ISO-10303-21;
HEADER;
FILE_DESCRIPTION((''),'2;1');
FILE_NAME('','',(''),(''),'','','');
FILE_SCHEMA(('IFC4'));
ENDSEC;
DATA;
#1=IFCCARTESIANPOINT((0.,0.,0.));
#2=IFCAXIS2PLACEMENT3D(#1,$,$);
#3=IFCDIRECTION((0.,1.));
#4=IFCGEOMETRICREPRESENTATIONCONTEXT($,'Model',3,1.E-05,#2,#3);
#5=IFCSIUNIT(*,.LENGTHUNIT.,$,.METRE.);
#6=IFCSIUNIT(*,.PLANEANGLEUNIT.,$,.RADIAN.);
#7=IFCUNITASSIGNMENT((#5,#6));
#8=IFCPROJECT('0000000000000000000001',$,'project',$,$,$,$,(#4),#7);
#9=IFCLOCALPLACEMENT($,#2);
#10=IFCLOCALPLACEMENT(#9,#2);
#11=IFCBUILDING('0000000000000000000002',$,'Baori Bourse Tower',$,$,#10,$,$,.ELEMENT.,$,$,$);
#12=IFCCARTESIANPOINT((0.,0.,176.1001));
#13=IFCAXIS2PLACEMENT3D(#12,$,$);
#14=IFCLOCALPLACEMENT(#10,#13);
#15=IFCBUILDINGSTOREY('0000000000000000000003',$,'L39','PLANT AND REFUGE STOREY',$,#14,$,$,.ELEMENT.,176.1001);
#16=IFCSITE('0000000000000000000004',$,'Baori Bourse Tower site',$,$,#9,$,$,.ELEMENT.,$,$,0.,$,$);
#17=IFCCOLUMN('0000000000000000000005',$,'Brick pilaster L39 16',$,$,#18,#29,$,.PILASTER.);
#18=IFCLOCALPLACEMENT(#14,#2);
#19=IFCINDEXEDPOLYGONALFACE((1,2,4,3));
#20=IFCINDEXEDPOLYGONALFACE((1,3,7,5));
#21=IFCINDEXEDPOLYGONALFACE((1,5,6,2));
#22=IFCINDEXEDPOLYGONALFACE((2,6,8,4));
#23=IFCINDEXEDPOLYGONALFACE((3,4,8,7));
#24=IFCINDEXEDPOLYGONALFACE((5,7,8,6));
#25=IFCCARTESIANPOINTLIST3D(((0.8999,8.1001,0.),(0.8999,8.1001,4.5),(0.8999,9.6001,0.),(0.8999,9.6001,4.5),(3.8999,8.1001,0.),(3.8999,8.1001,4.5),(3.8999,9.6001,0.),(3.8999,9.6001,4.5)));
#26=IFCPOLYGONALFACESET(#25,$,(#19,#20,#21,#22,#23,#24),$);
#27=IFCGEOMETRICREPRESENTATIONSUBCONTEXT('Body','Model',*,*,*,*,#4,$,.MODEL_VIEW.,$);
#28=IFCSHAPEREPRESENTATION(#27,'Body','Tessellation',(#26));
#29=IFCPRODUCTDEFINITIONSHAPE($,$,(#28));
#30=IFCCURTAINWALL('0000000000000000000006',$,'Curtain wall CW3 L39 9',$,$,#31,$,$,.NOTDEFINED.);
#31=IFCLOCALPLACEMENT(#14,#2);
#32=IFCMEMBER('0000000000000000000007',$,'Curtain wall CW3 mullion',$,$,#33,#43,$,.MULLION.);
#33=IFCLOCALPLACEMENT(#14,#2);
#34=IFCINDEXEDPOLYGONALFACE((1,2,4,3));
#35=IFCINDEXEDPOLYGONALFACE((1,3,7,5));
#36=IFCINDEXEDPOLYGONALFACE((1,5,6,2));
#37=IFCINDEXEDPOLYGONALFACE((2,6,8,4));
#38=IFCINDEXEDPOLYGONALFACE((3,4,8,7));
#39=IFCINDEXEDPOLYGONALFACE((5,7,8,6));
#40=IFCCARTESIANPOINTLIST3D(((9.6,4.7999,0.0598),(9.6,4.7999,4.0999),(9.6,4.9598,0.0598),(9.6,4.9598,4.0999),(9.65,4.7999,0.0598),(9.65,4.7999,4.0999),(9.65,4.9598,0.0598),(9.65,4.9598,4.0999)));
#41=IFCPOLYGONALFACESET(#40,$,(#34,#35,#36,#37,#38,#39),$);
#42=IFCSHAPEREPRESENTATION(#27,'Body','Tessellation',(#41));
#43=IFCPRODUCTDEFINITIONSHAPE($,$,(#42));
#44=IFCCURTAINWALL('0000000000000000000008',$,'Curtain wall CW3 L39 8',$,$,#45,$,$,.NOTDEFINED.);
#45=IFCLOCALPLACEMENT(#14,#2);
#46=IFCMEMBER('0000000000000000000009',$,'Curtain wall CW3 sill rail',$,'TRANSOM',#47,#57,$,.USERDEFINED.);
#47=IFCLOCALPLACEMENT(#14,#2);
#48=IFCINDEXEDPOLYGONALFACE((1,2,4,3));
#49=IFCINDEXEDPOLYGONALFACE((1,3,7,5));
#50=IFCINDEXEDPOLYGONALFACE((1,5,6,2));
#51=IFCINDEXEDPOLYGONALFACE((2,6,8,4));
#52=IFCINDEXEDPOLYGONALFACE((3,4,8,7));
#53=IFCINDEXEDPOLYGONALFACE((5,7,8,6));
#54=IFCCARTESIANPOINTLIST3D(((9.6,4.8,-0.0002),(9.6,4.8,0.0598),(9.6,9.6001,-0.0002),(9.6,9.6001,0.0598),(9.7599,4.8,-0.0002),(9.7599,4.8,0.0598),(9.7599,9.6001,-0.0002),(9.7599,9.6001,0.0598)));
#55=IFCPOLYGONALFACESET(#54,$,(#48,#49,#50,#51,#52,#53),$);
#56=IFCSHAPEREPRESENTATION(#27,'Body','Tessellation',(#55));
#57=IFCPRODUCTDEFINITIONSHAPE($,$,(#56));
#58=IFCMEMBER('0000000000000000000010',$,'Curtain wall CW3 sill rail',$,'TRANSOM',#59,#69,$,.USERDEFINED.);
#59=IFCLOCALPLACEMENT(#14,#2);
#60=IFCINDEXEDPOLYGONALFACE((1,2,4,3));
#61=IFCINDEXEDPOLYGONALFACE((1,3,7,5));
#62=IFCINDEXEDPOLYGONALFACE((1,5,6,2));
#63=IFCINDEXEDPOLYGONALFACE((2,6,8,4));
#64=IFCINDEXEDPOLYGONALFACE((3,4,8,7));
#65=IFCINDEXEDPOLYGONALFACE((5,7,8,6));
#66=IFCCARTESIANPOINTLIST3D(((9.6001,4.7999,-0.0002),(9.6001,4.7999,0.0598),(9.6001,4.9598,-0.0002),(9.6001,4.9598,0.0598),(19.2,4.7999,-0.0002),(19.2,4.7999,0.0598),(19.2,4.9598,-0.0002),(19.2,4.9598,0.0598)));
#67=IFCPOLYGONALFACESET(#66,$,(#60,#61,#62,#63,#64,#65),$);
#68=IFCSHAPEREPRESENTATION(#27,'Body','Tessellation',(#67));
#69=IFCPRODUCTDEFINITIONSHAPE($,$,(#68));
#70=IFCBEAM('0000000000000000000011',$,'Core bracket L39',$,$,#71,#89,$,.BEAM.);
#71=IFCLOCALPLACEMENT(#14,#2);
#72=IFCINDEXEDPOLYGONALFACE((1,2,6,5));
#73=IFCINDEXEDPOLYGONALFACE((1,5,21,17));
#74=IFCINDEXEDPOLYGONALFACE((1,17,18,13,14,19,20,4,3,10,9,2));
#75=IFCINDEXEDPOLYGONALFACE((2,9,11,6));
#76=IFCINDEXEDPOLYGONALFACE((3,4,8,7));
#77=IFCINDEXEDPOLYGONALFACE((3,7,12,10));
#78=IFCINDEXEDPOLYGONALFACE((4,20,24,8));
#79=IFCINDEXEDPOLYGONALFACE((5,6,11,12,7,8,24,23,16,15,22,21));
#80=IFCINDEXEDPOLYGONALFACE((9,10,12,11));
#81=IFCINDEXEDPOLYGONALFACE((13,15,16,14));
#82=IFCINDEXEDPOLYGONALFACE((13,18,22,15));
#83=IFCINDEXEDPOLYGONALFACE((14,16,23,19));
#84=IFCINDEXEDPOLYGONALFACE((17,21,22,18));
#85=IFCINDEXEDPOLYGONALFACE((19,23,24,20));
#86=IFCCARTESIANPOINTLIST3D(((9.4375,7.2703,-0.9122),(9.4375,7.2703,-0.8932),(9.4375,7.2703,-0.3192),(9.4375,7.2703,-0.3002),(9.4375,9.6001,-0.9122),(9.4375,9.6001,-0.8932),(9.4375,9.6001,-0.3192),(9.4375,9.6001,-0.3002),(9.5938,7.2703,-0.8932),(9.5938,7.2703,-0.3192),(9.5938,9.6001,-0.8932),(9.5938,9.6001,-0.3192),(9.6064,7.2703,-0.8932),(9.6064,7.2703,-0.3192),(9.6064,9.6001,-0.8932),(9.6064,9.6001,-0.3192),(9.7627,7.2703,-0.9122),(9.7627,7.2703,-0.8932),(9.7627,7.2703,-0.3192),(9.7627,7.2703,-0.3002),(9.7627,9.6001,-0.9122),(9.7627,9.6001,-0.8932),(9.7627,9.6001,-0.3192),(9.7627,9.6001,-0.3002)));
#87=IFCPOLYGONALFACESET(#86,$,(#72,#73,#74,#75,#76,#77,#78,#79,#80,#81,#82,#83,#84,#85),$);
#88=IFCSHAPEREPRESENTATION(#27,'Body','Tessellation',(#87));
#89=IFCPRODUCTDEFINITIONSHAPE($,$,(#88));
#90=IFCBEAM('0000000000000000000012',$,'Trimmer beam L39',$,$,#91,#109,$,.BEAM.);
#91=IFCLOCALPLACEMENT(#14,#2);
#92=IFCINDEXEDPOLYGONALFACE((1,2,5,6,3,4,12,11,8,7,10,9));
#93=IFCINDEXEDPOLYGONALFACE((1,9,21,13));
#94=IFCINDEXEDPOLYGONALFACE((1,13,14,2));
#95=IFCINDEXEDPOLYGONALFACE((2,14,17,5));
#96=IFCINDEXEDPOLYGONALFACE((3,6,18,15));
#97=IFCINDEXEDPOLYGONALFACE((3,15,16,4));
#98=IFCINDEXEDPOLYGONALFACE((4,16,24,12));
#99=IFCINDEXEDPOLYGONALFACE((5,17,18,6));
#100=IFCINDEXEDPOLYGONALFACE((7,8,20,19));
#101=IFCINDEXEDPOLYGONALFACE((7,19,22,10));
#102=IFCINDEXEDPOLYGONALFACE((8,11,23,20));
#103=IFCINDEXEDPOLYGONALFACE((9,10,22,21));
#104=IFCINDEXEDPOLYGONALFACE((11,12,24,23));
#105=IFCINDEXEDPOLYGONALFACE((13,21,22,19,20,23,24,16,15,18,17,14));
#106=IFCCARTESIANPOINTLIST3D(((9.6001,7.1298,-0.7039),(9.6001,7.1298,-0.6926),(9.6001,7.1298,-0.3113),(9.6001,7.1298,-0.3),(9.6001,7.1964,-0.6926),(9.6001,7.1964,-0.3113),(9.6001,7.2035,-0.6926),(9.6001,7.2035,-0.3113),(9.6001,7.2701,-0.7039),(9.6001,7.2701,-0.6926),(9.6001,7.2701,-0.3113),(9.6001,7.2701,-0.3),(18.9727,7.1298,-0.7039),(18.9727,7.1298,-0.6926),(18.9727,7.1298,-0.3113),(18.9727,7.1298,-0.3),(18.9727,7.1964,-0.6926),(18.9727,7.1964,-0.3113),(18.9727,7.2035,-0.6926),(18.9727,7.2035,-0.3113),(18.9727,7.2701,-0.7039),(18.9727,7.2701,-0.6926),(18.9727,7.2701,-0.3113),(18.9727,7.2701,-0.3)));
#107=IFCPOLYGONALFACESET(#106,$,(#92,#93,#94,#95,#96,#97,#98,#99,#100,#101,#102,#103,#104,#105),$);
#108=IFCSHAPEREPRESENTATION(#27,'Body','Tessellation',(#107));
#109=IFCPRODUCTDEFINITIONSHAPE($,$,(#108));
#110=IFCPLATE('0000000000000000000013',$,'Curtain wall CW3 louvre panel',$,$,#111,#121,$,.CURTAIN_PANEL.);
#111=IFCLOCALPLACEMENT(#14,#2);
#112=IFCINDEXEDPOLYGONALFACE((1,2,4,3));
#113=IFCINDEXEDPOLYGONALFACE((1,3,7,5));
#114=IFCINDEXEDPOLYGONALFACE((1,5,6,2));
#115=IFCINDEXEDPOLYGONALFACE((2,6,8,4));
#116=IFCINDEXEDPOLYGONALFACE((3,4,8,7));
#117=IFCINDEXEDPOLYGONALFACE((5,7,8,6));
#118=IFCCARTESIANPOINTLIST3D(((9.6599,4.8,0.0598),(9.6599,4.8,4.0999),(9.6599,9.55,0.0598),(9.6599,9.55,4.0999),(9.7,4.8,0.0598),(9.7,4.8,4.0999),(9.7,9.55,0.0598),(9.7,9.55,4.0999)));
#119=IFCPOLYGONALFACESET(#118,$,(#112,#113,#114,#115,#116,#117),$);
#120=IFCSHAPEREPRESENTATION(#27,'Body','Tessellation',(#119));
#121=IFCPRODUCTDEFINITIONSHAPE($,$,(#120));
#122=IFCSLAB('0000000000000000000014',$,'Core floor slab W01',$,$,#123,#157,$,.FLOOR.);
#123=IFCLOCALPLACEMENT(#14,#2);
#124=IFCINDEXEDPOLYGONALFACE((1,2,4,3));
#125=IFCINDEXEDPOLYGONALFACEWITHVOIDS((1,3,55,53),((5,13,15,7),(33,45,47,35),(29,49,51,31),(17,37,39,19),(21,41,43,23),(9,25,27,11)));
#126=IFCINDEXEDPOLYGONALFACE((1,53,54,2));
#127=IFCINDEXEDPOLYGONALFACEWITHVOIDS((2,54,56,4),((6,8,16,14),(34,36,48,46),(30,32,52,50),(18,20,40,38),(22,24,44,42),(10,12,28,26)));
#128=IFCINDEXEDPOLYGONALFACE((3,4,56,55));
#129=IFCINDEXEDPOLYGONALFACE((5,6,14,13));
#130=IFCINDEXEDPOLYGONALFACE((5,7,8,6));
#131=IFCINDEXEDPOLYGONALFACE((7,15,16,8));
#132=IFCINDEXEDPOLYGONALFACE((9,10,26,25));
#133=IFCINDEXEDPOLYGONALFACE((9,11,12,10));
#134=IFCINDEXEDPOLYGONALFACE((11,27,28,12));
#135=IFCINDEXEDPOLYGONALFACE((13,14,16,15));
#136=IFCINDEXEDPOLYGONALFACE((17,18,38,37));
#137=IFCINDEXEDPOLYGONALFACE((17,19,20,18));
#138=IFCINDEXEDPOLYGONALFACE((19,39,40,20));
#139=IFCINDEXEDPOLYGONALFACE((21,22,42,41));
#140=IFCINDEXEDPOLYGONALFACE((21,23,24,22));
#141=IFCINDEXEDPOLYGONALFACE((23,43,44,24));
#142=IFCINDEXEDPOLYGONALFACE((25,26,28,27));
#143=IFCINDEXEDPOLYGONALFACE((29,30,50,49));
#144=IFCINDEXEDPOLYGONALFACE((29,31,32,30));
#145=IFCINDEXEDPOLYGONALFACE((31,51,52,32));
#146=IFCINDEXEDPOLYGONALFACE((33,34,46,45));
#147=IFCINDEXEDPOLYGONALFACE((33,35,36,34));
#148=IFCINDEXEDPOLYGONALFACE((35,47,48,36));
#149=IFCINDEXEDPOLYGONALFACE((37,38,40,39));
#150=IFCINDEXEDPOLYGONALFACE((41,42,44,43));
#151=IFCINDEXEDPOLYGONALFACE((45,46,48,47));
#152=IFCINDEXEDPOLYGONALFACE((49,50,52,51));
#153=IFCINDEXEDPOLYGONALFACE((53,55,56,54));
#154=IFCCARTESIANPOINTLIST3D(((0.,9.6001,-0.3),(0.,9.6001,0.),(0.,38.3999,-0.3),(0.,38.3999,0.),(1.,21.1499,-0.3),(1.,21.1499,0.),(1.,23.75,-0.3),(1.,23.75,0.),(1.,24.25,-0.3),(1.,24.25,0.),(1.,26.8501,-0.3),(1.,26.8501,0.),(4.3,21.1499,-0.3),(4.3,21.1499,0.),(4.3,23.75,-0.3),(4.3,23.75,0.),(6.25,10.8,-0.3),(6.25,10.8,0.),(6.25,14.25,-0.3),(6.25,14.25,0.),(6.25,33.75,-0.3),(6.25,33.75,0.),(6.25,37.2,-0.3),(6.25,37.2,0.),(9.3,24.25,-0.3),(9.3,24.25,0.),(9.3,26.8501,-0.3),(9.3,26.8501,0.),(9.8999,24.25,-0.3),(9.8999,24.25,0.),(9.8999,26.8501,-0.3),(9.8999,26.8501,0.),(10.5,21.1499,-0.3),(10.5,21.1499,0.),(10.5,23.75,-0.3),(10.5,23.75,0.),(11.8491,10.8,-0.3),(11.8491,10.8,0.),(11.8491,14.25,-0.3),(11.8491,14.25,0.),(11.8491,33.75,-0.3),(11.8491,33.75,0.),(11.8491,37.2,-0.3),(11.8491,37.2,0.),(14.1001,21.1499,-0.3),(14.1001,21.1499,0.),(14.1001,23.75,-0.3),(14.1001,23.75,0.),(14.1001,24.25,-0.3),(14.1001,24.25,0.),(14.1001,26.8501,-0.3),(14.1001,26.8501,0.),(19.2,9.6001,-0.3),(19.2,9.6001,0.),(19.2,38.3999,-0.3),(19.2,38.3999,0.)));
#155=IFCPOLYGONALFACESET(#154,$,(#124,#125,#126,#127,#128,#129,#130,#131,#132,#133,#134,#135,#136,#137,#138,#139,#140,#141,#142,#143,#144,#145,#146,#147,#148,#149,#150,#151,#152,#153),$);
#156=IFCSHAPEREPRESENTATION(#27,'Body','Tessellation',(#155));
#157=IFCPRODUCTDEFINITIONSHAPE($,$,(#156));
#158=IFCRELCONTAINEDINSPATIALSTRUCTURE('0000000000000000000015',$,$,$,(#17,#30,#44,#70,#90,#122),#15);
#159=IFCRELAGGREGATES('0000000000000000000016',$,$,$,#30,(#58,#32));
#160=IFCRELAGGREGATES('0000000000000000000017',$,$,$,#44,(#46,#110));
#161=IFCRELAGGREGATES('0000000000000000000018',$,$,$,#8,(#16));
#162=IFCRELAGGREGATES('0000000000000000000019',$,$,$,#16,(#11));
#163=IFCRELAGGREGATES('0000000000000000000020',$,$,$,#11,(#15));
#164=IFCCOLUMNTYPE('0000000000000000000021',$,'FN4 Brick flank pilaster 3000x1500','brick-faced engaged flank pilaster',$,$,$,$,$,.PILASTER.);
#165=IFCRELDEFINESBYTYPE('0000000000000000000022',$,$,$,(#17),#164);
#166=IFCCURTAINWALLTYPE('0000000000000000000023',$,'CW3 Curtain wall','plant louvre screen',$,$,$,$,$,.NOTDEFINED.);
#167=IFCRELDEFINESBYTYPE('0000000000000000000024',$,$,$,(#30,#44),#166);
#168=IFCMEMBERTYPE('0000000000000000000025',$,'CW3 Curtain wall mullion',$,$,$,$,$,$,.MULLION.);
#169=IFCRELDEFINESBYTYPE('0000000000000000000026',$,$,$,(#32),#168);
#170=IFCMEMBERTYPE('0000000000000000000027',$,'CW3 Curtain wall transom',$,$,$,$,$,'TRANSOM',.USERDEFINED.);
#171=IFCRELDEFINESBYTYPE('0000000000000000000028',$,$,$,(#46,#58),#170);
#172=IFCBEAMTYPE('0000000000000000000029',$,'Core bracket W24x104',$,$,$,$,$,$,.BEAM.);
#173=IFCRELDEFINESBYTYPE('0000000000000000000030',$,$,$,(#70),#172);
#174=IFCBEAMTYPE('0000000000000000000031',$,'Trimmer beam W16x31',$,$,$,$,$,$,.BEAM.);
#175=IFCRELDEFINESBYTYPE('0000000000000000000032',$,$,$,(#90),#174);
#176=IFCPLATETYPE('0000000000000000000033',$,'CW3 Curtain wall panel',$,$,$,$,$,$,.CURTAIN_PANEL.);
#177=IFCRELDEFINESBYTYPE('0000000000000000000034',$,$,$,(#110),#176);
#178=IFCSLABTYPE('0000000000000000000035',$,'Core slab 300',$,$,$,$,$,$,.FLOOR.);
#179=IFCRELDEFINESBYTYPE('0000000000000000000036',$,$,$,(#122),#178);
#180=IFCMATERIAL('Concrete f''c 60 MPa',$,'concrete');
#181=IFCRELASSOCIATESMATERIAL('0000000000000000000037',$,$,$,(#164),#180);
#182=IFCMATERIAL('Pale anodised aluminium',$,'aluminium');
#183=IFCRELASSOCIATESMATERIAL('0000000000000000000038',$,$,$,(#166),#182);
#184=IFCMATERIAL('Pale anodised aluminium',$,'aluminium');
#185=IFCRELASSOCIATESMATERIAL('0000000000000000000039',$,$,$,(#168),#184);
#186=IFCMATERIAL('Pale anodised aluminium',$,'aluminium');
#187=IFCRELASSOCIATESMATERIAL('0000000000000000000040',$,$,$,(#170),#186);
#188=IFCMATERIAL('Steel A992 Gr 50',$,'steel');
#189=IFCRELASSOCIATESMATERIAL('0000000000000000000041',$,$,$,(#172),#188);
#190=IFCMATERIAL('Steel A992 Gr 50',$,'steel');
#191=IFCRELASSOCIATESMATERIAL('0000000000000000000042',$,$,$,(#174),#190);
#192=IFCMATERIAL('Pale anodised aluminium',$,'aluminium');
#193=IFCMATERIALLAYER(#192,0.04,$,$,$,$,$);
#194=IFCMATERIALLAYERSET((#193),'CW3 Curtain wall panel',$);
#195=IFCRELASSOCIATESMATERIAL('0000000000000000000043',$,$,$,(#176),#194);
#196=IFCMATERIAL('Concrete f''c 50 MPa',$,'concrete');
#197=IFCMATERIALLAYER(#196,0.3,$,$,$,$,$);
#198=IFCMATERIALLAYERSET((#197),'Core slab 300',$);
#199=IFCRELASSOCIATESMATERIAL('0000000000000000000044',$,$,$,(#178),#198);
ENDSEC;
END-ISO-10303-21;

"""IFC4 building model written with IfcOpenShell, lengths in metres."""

from ifc_helpers import new_model, si_unit, direction, frame, origin, origin_2d, place, context, subcontext, project, spatial, polyline, rectangle, i_section, outline, extrude, material, layer, layer_set, material_profile, profile_set, type_object, element, aggregate, save


model = new_model("IFC4")

# Units and contexts
model_context = context("Model", 3, precision=1e-05, world=origin(), true_north=direction((0.0, 1.0)))
body_context = subcontext(model_context, "Body", "Model", "MODEL_VIEW")
ifc_project = project(units=[si_unit("LENGTHUNIT", "METRE"), si_unit("PLANEANGLEUNIT", "RADIAN")], contexts=[model_context])

# Site, building, storey
site_placement = place(None, origin())
site = spatial("IfcSite", under=ifc_project, at=site_placement, Name="Baori Bourse Tower site", CompositionType="ELEMENT", RefElevation=0.0)
building_placement = place(site_placement, origin())
building = spatial("IfcBuilding", under=site, at=building_placement, Name="Baori Bourse Tower", CompositionType="ELEMENT")
storey_placement = place(building_placement, frame((0.0, 0.0, 176.1001)))
storey = spatial("IfcBuildingStorey", under=building, at=storey_placement, Name="L39", Description="PLANT AND REFUGE STOREY", CompositionType="ELEMENT", Elevation=176.1001)

# Column
ifc_material_1 = material(Name="Concrete f'c 60 MPa", Category="concrete")
ifc_material_profile_1 = material_profile(ifc_material_1, rectangle(XDim=3.0, YDim=1.5, at=origin_2d()), Name="RC 3000x1500")
ifc_profile_set_1 = profile_set([ifc_material_profile_1], Name="Concrete f'c 60 MPa")
column_type = type_object("IfcColumnType", Name="FN4 Brick flank pilaster 3000x1500", Description="brick-faced engaged flank pilaster", PredefinedType="PILASTER", material=ifc_profile_set_1)
column_placement = place(storey_placement, frame((2.3999, 8.8501, 0.0), z_axis=(0.0, 0.0, 1.0), x_axis=(1.0, 0.0, 0.0)))
element("IfcColumn", 1, at=column_placement, inside=storey, type_object=column_type, Name="Brick pilaster L39 16", PredefinedType="PILASTER", context=body_context, shape_type="SweptSolid", body=[
    extrude(rectangle(XDim=3.0, YDim=1.5, at=origin_2d()), origin(), (0.0, 0.0, 1.0), 4.5),
])

# Curtain walls, members
ifc_material_2 = material(Name="Pale anodised aluminium", Category="aluminium")
curtain_wall_type = type_object("IfcCurtainWallType", Name="CW3 Curtain wall", Description="plant louvre screen", PredefinedType="NOTDEFINED", material=ifc_material_2)
curtain_wall_1_placement = place(storey_placement, origin())
curtain_wall_1 = element("IfcCurtainWall", 2, at=curtain_wall_1_placement, inside=storey, type_object=curtain_wall_type, Name="Curtain wall CW3 L39 9", PredefinedType="NOTDEFINED")
ifc_material_3 = material(Name="Pale anodised aluminium", Category="aluminium")
ifc_material_profile_2 = material_profile(ifc_material_3, rectangle(XDim=0.1599, YDim=0.05, at=origin_2d()), Name="Mullion 50x160")
ifc_profile_set_2 = profile_set([ifc_material_profile_2], Name="Pale anodised aluminium")
member_type_1 = type_object("IfcMemberType", Name="CW3 Curtain wall mullion", PredefinedType="MULLION", material=ifc_profile_set_2)
member_1_placement = place(storey_placement, frame((9.625, 4.8799, 0.0598), z_axis=(0.0, 0.0, 1.0), x_axis=(0.0, 1.0, 0.0)))
member_1 = element("IfcMember", 3, at=member_1_placement, type_object=member_type_1, Name="Curtain wall CW3 mullion", PredefinedType="MULLION", context=body_context, shape_type="SweptSolid", body=[
    extrude(rectangle(XDim=0.1599, YDim=0.05, at=origin_2d()), origin(), (0.0, 0.0, 1.0), 4.04),
])
curtain_wall_2_placement = place(storey_placement, origin())
curtain_wall_2 = element("IfcCurtainWall", 4, at=curtain_wall_2_placement, inside=storey, type_object=curtain_wall_type, Name="Curtain wall CW3 L39 8", PredefinedType="NOTDEFINED")
ifc_material_4 = material(Name="Pale anodised aluminium", Category="aluminium")
ifc_material_profile_3 = material_profile(ifc_material_4, rectangle(XDim=0.1599, YDim=0.0601, at=origin_2d()), Name="Transom 60x160")
ifc_profile_set_3 = profile_set([ifc_material_profile_3], Name="Pale anodised aluminium")
member_type_2 = type_object("IfcMemberType", Name="CW3 Curtain wall transom", ElementType="TRANSOM", PredefinedType="USERDEFINED", material=ifc_profile_set_3)
member_2_placement = place(storey_placement, frame((9.6799, 9.6001, 0.0298), z_axis=(0.0, -1.0, 0.0), x_axis=(1.0, 0.0, 0.0)))
member_2 = element("IfcMember", 5, at=member_2_placement, type_object=member_type_2, Name="Curtain wall CW3 sill rail", ObjectType="TRANSOM", PredefinedType="USERDEFINED", context=body_context, shape_type="SweptSolid", body=[
    extrude(rectangle(XDim=0.1599, YDim=0.0601, at=origin_2d()), origin(), (0.0, 0.0, 1.0), 4.8),
])

# Member
member_3_placement = place(storey_placement, frame((9.6001, 4.8799, 0.0298), z_axis=(1.0, 0.0, 0.0), x_axis=(0.0, 1.0, 0.0)))
member_3 = element("IfcMember", 6, at=member_3_placement, type_object=member_type_2, Name="Curtain wall CW3 sill rail", ObjectType="TRANSOM", PredefinedType="USERDEFINED", context=body_context, shape_type="SweptSolid", body=[
    extrude(rectangle(XDim=0.1599, YDim=0.0601, at=origin_2d()), origin(), (0.0, 0.0, 1.0), 9.5999),
])
aggregate(curtain_wall_1, [member_3, member_1])

# Beams
ifc_material_5 = material(Name="Steel A992 Gr 50", Category="steel")
ifc_material_profile_4 = material_profile(ifc_material_5, i_section(OverallWidth=0.3252, OverallDepth=0.6121, WebThickness=0.0127, FlangeThickness=0.019, at=origin_2d()), Name="W24x104")
ifc_profile_set_4 = profile_set([ifc_material_profile_4], Name="Steel A992 Gr 50")
beam_type_1 = type_object("IfcBeamType", Name="Core bracket W24x104", PredefinedType="BEAM", material=ifc_profile_set_4)
beam_1_placement = place(storey_placement, frame((9.6001, 7.2703, -0.6062), z_axis=(0.0, 1.0, 0.0), x_axis=(-1.0, 0.0, 0.0)))
element("IfcBeam", 7, at=beam_1_placement, inside=storey, type_object=beam_type_1, Name="Core bracket L39", PredefinedType="BEAM", context=body_context, shape_type="SweptSolid", body=[
    extrude(i_section(OverallWidth=0.3252, OverallDepth=0.6121, WebThickness=0.0127, FlangeThickness=0.019, at=origin_2d()), origin(), (0.0, 0.0, 1.0), 2.3298),
])
ifc_material_6 = material(Name="Steel A992 Gr 50", Category="steel")
ifc_material_profile_5 = material_profile(ifc_material_6, i_section(OverallWidth=0.1404, OverallDepth=0.4038, WebThickness=0.0071, FlangeThickness=0.0112, at=origin_2d()), Name="W16x31")
ifc_profile_set_5 = profile_set([ifc_material_profile_5], Name="Steel A992 Gr 50")
beam_type_2 = type_object("IfcBeamType", Name="Trimmer beam W16x31", PredefinedType="BEAM", material=ifc_profile_set_5)
beam_2_placement = place(storey_placement, frame((9.6001, 7.2, -0.502), z_axis=(1.0, 0.0, 0.0), x_axis=(0.0, 1.0, 0.0)))
element("IfcBeam", 8, at=beam_2_placement, inside=storey, type_object=beam_type_2, Name="Trimmer beam L39", PredefinedType="BEAM", context=body_context, shape_type="SweptSolid", body=[
    extrude(i_section(OverallWidth=0.1404, OverallDepth=0.4038, WebThickness=0.0071, FlangeThickness=0.0112, at=origin_2d()), origin(), (0.0, 0.0, 1.0), 9.3726),
])

# Plate
ifc_material_7 = material(Name="Pale anodised aluminium", Category="aluminium")
ifc_layer_1 = layer(ifc_material_7, 0.04)
ifc_layer_set_1 = layer_set([ifc_layer_1], Name="CW3 Curtain wall panel")
plate_type_1 = type_object("IfcPlateType", Name="CW3 Curtain wall panel", PredefinedType="CURTAIN_PANEL", material=ifc_layer_set_1)
plate_1_placement = place(storey_placement, frame((9.6799, 7.175, 0.0598), z_axis=(0.0, 0.0, 1.0), x_axis=(0.0, -1.0, 0.0)))
plate_1 = element("IfcPlate", 9, at=plate_1_placement, type_object=plate_type_1, Name="Curtain wall CW3 louvre panel", PredefinedType="CURTAIN_PANEL", context=body_context, shape_type="SweptSolid", body=[
    extrude(rectangle(XDim=4.75, YDim=0.04, at=origin_2d()), origin(), (0.0, 0.0, 1.0), 4.04),
])
aggregate(curtain_wall_2, [member_2, plate_1])

# Slab
ifc_material_8 = material(Name="Concrete f'c 50 MPa", Category="concrete")
ifc_layer_2 = layer(ifc_material_8, 0.3)
ifc_layer_set_2 = layer_set([ifc_layer_2], Name="Core slab 300")
slab_type_1 = type_object("IfcSlabType", Name="Core slab 300", PredefinedType="FLOOR", material=ifc_layer_set_2)
slab_1_placement = place(storey_placement, frame((0.0, 0.0, -0.3)))
element("IfcSlab", 10, at=slab_1_placement, inside=storey, type_object=slab_type_1, Name="Core floor slab W01", PredefinedType="FLOOR", context=body_context, shape_type="SweptSolid", body=[
    extrude(outline(polyline([(0.0, 38.3999), (0.0, 9.6001), (19.2, 9.6001), (19.2, 38.3999), (0.0, 38.3999)]), holes=[polyline([(10.5, 21.1499), (10.5, 23.75), (14.1001, 23.75), (14.1001, 21.1499), (10.5, 21.1499)]), polyline([(14.1001, 24.25), (9.8999, 24.25), (9.8999, 26.8501), (14.1001, 26.8501), (14.1001, 24.25)]), polyline([(6.25, 14.25), (11.8491, 14.25), (11.8491, 10.8), (6.25, 10.8), (6.25, 14.25)]), polyline([(11.8491, 37.2), (11.8491, 33.75), (6.25, 33.75), (6.25, 37.2), (11.8491, 37.2)]), polyline([(1.0, 26.8501), (9.3, 26.8501), (9.3, 24.25), (1.0, 24.25), (1.0, 26.8501)]), polyline([(4.3, 23.75), (4.3, 21.1499), (1.0, 21.1499), (1.0, 23.75), (4.3, 23.75)])]), origin(), (0.0, 0.0, 1.0), 0.3),
])

save(model, "model.ifc")
